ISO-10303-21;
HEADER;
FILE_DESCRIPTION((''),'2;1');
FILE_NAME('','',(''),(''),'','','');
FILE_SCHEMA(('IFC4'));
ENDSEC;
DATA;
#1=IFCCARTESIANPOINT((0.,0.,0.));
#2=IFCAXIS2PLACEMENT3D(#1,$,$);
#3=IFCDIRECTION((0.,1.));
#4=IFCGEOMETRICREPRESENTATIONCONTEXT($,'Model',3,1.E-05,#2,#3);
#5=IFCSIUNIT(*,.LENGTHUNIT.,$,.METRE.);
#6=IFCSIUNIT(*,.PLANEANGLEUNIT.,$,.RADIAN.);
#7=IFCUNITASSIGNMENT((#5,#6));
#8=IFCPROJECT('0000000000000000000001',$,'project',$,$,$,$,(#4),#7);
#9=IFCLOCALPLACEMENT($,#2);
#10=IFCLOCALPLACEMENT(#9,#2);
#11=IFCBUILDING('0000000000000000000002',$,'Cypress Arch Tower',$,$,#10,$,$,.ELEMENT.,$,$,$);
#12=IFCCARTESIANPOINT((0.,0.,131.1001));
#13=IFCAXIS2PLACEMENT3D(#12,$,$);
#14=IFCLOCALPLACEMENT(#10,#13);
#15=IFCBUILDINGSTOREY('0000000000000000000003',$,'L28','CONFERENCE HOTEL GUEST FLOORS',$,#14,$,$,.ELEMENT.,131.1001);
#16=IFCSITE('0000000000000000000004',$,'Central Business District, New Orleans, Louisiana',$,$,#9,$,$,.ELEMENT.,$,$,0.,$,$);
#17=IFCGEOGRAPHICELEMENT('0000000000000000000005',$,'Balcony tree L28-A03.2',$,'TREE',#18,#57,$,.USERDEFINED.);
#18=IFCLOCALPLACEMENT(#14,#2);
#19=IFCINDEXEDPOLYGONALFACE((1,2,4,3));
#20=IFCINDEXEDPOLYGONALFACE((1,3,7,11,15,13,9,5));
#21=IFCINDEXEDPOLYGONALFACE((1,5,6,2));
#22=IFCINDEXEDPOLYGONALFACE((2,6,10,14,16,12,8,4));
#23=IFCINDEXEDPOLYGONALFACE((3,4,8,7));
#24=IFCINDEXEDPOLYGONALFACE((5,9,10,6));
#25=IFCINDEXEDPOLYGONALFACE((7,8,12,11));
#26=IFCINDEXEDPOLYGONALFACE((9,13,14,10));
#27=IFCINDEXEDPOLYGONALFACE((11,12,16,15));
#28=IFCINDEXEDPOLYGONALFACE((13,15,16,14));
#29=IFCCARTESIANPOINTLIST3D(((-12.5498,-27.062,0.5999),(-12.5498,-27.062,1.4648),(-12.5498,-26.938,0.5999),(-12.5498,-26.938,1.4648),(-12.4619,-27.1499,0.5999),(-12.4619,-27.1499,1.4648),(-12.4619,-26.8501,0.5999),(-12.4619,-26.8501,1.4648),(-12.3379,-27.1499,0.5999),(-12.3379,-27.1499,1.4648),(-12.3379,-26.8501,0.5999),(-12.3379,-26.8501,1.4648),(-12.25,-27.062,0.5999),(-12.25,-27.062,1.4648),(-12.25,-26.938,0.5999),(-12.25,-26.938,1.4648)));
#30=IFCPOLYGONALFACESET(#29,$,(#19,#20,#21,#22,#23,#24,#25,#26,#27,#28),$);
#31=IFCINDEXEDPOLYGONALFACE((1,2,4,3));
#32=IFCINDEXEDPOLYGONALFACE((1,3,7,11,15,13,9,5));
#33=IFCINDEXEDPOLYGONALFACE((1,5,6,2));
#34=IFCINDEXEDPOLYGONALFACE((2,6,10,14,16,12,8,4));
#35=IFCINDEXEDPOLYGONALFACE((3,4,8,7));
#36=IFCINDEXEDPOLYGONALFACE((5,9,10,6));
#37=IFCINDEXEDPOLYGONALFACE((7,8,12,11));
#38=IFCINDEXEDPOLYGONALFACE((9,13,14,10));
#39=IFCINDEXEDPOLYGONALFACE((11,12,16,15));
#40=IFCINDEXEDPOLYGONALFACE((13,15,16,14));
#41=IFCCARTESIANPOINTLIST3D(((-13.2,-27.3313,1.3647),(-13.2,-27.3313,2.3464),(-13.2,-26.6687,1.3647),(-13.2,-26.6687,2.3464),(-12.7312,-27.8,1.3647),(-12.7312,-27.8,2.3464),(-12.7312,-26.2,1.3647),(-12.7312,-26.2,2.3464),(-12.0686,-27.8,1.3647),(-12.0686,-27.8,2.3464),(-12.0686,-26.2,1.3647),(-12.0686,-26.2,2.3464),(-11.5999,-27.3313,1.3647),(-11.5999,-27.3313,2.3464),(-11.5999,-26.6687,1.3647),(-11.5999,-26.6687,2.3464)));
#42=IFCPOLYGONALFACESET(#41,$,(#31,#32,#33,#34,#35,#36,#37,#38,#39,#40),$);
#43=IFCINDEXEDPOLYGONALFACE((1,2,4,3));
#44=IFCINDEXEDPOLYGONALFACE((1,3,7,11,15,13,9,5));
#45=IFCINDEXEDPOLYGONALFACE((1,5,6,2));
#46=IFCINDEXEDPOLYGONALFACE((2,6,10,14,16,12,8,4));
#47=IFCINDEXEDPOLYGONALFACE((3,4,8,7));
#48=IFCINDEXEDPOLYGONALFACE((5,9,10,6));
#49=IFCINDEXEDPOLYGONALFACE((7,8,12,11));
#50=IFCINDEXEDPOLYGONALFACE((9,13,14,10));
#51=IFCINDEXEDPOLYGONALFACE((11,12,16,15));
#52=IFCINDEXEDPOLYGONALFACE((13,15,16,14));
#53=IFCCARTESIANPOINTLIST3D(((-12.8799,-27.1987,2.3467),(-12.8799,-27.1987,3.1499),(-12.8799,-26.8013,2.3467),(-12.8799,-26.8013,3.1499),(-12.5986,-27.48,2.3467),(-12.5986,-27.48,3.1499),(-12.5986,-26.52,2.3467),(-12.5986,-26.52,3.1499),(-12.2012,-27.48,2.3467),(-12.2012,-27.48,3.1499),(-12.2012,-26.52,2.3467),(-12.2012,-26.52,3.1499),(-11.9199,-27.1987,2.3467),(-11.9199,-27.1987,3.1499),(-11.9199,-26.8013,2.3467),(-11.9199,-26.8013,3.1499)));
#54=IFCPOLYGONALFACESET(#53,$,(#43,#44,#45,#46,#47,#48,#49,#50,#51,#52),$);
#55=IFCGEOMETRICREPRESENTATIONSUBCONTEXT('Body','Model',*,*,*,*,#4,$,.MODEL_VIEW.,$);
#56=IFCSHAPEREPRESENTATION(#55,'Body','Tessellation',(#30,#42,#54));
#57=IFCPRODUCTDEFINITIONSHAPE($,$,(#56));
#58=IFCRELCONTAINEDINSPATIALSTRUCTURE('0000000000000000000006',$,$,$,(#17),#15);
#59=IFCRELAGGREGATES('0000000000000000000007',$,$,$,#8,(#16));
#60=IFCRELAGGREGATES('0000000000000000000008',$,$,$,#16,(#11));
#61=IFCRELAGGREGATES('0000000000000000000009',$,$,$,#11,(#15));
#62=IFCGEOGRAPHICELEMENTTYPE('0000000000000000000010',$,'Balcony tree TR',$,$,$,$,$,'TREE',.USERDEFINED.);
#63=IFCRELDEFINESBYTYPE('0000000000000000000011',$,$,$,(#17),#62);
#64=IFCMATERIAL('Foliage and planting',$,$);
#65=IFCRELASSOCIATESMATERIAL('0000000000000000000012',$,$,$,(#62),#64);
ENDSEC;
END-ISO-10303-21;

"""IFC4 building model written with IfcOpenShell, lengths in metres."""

from ifc_helpers import new_model, si_unit, direction, frame, origin, place, context, subcontext, project, spatial, polyline, outline, extrude, material, type_object, element, save


model = new_model("IFC4")

# Units and contexts
model_context = context("Model", 3, precision=1e-05, world=origin(), true_north=direction((0.0, 1.0)))
body_context = subcontext(model_context, "Body", "Model", "MODEL_VIEW")
ifc_project = project(units=[si_unit("LENGTHUNIT", "METRE"), si_unit("PLANEANGLEUNIT", "RADIAN")], contexts=[model_context])

# Site, building, storey
site_placement = place(None, origin())
site = spatial("IfcSite", under=ifc_project, at=site_placement, Name="Central Business District, New Orleans, Louisiana", CompositionType="ELEMENT", RefElevation=0.0)
building_placement = place(site_placement, origin())
building = spatial("IfcBuilding", under=site, at=building_placement, Name="Cypress Arch Tower", CompositionType="ELEMENT")
storey_placement = place(building_placement, frame((0.0, 0.0, 131.1001)))
storey = spatial("IfcBuildingStorey", under=building, at=storey_placement, Name="L28", Description="CONFERENCE HOTEL GUEST FLOORS", CompositionType="ELEMENT", Elevation=131.1001)

# Geographic element
ifc_material_1 = material(Name="Foliage and planting")
geographic_element_type = type_object("IfcGeographicElementType", Name="Balcony tree TR", ElementType="TREE", PredefinedType="USERDEFINED", material=ifc_material_1)
geographic_element_placement = place(storey_placement, frame((-12.3999, -27.0, 0.5999), z_axis=(0.0, 0.0, 1.0), x_axis=(1.0, 0.0, 0.0)))
element("IfcGeographicElement", 1, at=geographic_element_placement, inside=storey, type_object=geographic_element_type, Name="Balcony tree L28-A03.2", ObjectType="TREE", PredefinedType="USERDEFINED", context=body_context, shape_type="SweptSolid", body=[
    extrude(outline(polyline([(0.1499, 0.062), (0.062, 0.1499), (-0.062, 0.1499), (-0.1499, 0.062), (-0.1499, -0.062), (-0.062, -0.1499), (0.062, -0.1499), (0.1499, -0.062), (0.1499, 0.062)])), origin(), (0.0, 0.0, 1.0), 0.865),
    extrude(outline(polyline([(0.8, 0.3313), (0.3313, 0.8), (-0.3313, 0.8), (-0.8, 0.3313), (-0.8, -0.3313), (-0.3313, -0.8), (0.3313, -0.8), (0.8, -0.3313), (0.8, 0.3313)])), frame((0.0, 0.0, 0.7649)), (0.0, 0.0, 1.0), 0.9817),
    extrude(outline(polyline([(0.48, 0.1987), (0.1987, 0.48), (-0.1987, 0.48), (-0.48, 0.1987), (-0.48, -0.1987), (-0.1987, -0.48), (0.1987, -0.48), (0.48, -0.1987), (0.48, 0.1987)])), frame((0.0, 0.0, 1.7468)), (0.0, 0.0, 1.0), 0.8032),
])

save(model, "model.ifc")
